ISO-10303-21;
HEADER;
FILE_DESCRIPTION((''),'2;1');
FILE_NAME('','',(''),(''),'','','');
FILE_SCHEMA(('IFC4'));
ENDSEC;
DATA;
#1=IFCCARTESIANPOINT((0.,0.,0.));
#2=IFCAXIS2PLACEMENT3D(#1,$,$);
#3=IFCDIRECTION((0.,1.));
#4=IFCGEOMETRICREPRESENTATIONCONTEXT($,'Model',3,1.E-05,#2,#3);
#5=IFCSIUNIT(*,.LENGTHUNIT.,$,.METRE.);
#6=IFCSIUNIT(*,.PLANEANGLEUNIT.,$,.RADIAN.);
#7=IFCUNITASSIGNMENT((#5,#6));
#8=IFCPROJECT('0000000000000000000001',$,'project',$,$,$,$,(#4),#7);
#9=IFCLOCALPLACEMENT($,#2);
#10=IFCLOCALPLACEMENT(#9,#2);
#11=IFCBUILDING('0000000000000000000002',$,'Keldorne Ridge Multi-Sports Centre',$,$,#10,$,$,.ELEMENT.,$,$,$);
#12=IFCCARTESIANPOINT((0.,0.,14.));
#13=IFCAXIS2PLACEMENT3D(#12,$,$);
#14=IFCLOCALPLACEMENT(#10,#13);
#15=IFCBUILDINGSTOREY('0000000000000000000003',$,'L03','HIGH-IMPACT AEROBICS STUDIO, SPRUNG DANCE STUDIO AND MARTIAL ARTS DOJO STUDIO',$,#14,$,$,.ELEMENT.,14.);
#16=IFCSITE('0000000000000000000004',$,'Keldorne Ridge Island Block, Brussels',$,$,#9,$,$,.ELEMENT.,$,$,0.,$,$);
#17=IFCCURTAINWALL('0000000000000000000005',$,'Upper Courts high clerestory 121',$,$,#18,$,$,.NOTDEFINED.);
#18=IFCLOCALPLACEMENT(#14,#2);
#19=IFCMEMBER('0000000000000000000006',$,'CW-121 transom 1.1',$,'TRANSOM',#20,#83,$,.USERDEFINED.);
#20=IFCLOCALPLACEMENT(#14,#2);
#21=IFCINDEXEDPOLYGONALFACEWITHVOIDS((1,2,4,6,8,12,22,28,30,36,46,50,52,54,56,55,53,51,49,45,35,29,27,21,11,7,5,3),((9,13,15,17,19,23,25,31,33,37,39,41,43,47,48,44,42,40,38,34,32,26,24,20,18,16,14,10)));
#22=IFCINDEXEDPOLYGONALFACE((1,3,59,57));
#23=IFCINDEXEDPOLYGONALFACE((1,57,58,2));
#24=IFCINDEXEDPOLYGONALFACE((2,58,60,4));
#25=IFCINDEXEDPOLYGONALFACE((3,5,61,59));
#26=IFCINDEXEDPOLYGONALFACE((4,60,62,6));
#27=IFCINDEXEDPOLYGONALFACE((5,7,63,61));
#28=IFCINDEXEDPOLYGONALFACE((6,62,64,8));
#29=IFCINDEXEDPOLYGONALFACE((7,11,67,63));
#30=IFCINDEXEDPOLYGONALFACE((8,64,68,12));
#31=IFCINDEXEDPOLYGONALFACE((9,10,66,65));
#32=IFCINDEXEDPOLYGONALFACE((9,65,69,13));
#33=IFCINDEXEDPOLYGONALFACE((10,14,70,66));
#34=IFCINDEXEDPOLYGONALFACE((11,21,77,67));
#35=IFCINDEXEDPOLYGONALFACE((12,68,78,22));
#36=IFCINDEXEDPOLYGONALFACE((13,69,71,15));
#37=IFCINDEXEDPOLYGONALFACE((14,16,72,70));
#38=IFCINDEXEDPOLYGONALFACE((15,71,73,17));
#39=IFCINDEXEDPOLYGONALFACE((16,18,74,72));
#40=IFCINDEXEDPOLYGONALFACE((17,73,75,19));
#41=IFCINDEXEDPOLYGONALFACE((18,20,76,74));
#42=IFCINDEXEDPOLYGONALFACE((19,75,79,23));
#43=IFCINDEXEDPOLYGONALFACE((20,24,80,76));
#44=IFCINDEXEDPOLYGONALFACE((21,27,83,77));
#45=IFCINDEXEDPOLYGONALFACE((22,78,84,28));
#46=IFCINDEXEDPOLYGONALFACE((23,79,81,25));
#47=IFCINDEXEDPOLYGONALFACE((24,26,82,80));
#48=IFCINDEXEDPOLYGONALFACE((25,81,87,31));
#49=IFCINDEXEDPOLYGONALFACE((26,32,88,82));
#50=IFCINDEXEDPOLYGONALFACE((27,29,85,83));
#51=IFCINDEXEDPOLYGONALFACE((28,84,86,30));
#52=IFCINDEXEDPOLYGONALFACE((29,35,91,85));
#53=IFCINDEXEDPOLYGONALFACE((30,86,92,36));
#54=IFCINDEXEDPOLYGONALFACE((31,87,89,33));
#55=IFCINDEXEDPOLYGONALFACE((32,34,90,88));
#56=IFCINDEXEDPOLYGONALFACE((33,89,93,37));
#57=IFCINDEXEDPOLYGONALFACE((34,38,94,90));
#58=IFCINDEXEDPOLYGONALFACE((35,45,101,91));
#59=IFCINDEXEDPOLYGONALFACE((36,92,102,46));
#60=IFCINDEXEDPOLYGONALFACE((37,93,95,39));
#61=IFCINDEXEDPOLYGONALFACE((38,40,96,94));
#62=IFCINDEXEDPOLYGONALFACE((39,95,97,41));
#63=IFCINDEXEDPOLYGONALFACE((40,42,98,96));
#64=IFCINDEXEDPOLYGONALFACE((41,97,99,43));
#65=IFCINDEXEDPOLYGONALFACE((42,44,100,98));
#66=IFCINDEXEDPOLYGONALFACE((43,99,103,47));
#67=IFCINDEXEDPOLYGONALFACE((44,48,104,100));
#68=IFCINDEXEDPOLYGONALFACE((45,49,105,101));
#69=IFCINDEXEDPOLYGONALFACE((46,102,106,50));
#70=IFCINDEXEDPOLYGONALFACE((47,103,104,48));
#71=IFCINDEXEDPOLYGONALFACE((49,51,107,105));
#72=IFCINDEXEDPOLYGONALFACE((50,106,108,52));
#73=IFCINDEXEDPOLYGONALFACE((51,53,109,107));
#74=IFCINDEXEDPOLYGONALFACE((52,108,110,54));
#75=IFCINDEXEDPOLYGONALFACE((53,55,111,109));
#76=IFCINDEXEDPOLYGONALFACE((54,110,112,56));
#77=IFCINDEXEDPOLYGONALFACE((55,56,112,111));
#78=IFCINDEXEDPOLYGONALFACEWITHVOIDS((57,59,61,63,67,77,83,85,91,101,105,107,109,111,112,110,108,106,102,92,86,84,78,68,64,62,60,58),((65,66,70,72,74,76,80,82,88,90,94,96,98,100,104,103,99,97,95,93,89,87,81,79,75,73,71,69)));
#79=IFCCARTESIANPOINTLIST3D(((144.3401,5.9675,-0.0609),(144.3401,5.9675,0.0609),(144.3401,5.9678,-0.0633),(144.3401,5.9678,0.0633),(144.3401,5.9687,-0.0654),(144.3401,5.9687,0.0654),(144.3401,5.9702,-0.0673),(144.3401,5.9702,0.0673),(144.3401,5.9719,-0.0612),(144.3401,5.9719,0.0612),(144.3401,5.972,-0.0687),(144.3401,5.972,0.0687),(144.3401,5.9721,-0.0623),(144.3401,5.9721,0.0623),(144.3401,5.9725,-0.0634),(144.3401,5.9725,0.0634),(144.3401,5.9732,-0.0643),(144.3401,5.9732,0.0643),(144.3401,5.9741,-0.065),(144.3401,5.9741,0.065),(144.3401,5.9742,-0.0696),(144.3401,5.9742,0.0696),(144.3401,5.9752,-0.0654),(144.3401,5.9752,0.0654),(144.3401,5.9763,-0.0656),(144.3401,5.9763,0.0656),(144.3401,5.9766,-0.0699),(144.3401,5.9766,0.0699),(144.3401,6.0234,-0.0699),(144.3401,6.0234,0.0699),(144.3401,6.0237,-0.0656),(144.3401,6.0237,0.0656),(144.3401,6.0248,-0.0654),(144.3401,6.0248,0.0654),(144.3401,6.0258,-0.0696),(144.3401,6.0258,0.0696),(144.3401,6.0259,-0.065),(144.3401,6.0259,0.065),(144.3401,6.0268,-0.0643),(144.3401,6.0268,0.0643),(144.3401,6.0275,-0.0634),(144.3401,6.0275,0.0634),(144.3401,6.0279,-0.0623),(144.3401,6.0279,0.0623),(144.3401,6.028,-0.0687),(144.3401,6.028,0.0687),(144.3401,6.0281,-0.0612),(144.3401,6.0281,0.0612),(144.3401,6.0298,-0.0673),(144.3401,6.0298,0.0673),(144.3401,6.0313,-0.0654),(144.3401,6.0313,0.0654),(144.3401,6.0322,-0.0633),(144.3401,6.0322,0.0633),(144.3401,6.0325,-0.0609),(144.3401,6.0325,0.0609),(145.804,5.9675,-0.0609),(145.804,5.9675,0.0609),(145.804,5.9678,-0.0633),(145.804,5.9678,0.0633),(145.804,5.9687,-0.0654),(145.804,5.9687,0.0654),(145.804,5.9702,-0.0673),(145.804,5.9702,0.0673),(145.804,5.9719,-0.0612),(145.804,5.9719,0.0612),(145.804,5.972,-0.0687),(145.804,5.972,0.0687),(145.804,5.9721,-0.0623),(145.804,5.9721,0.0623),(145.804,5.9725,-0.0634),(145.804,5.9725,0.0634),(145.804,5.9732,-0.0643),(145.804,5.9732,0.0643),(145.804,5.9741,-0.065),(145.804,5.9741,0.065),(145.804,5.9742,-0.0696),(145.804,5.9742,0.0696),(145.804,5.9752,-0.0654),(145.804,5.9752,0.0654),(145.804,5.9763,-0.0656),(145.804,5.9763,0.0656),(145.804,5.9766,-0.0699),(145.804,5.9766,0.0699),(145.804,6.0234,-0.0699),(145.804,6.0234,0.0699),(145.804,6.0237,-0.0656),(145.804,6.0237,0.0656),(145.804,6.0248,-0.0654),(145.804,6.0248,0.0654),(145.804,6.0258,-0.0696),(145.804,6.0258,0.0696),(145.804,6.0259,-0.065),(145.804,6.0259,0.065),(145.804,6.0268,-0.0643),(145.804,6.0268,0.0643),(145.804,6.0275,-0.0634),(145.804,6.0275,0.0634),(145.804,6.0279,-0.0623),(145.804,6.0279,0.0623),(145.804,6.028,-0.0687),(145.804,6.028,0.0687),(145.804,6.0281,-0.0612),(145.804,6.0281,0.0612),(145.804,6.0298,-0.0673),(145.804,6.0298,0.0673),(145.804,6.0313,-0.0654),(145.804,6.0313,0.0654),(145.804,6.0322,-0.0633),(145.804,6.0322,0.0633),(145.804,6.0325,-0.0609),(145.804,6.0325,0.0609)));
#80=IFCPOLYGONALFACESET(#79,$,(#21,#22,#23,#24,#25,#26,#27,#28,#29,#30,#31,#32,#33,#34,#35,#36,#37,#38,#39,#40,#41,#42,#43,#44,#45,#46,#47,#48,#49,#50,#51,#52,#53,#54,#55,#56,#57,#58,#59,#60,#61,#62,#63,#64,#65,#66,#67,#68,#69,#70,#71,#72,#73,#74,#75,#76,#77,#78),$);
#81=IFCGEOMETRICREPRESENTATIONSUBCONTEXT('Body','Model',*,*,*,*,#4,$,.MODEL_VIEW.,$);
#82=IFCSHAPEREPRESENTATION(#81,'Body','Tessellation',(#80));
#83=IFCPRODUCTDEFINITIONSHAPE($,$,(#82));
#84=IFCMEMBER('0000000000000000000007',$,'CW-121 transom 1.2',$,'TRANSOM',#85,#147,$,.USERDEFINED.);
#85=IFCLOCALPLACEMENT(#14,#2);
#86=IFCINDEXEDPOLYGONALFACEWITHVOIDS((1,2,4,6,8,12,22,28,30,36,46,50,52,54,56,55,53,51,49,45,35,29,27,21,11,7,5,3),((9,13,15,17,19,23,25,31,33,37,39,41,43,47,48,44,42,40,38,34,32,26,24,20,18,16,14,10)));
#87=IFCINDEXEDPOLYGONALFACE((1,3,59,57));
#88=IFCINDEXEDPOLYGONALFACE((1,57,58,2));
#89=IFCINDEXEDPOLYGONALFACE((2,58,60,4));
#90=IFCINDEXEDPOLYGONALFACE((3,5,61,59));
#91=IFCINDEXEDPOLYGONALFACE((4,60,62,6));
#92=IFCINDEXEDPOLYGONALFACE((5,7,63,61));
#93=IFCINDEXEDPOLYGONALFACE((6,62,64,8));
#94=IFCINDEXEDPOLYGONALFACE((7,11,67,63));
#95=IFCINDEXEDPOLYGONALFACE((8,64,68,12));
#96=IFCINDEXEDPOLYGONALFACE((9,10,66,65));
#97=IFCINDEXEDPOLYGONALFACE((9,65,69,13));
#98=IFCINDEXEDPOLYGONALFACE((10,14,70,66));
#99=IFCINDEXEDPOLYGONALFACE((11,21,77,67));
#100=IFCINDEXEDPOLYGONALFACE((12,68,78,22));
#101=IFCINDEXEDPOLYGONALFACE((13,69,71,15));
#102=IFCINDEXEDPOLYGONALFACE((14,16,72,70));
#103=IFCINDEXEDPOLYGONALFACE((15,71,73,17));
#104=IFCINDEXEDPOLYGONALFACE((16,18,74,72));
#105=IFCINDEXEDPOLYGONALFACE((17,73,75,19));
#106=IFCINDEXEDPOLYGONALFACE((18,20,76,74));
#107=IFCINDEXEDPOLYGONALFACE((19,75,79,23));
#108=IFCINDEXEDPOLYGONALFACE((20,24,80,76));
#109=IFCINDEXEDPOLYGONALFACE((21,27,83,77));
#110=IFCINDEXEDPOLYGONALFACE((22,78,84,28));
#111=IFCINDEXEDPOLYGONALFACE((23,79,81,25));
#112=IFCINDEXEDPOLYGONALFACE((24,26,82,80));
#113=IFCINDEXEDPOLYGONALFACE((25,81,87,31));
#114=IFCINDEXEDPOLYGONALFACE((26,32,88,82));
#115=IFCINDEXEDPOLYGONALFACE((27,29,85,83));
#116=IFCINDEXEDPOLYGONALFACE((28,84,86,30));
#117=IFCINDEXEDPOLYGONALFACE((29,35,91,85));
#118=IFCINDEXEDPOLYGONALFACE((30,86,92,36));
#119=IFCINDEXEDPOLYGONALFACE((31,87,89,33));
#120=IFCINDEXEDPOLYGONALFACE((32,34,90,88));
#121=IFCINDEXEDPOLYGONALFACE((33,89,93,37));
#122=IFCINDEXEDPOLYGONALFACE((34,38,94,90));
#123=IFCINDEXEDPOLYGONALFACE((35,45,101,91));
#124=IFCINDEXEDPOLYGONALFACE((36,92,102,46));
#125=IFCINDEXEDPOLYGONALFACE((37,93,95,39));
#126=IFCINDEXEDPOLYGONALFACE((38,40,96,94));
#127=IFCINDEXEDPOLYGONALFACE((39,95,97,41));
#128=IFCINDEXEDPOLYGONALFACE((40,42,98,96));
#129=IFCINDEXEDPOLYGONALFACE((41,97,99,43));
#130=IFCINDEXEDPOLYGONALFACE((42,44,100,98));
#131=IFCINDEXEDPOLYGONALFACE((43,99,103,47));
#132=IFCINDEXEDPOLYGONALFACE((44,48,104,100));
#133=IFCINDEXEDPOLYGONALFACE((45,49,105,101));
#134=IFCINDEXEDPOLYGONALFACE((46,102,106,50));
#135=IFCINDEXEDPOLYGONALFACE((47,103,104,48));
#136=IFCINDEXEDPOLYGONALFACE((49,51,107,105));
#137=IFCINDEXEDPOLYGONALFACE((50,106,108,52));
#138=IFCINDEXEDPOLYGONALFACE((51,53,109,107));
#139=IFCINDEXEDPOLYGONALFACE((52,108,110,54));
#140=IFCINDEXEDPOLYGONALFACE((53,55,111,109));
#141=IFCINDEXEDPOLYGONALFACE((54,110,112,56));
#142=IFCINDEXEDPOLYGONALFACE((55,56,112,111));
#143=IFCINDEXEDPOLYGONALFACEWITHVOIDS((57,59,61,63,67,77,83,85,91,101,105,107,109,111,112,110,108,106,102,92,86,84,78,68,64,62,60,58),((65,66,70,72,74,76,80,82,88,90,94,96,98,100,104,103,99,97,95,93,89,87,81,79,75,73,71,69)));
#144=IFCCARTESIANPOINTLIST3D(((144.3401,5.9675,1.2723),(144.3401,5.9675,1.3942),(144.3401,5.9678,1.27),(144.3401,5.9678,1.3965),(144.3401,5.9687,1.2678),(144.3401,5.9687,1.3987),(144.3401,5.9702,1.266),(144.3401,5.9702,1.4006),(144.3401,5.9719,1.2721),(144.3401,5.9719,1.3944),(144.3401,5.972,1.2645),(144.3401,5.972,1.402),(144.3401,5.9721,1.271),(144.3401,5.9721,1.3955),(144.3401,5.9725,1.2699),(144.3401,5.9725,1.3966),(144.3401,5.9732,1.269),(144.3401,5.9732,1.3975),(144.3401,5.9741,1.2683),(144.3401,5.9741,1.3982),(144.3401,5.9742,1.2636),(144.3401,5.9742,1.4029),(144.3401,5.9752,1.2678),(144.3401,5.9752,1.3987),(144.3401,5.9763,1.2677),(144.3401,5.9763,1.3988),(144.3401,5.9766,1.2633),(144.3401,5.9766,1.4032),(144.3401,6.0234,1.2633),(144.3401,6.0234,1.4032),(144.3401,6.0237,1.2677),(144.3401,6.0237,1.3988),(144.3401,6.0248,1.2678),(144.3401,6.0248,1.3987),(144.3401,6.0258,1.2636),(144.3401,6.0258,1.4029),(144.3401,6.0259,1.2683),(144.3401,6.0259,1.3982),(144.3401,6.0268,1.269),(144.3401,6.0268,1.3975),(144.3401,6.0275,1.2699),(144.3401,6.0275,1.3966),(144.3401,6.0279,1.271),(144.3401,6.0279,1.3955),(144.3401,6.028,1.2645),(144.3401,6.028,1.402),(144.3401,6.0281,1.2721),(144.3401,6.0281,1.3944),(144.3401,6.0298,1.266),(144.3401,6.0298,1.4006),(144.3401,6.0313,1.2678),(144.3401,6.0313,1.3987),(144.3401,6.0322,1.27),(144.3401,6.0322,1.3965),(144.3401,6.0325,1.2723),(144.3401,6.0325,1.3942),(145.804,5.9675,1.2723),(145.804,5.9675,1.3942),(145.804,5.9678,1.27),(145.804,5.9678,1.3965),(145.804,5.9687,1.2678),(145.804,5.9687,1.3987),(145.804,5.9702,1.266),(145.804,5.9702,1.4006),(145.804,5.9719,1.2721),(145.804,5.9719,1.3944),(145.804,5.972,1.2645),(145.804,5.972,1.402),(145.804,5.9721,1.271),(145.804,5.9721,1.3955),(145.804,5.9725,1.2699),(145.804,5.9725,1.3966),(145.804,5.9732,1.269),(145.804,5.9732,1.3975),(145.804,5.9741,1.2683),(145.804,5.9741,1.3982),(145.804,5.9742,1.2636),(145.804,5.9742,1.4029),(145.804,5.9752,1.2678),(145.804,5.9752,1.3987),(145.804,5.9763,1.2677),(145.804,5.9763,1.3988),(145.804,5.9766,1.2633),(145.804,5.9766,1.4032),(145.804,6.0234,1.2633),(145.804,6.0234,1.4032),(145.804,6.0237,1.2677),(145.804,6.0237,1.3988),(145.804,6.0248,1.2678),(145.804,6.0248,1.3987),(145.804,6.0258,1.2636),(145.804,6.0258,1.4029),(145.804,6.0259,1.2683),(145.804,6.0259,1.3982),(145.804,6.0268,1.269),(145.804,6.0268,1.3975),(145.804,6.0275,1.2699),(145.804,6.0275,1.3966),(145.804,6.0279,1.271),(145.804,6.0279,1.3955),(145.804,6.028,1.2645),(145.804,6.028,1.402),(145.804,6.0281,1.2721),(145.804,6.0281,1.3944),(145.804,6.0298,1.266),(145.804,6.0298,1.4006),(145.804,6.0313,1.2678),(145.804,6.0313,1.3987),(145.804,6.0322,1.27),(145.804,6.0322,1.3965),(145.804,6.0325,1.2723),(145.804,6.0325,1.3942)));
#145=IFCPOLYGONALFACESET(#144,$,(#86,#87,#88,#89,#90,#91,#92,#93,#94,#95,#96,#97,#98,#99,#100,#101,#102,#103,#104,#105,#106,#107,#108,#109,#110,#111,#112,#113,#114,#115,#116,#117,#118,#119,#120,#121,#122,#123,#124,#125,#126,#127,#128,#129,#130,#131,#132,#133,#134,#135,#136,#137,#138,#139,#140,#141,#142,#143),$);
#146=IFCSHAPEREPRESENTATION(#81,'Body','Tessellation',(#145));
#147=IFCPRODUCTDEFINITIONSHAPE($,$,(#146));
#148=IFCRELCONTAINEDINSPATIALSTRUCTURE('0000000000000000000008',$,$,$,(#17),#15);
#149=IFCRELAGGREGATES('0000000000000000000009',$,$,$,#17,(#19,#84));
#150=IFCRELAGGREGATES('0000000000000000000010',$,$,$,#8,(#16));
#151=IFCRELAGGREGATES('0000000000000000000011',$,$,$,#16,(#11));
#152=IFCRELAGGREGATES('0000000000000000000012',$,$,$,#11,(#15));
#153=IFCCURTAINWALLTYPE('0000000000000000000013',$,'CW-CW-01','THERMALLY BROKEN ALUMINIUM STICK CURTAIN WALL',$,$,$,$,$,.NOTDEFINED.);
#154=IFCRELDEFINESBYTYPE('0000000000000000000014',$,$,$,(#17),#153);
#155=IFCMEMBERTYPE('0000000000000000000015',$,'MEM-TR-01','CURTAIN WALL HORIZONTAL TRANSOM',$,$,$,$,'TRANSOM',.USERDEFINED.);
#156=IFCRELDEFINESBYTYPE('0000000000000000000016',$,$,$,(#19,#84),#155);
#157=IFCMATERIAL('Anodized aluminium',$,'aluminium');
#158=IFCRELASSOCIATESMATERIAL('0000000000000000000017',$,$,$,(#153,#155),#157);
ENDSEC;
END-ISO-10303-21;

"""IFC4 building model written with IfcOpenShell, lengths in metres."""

from ifc_helpers import new_model, si_unit, direction, frame, origin, origin_2d, place, context, subcontext, project, spatial, hollow_rectangle, extrude, material, material_profile, profile_set, type_object, element, aggregate, save


model = new_model("IFC4")

# Units and contexts
model_context = context("Model", 3, precision=1e-05, world=origin(), true_north=direction((0.0, 1.0)))
body_context = subcontext(model_context, "Body", "Model", "MODEL_VIEW")
ifc_project = project(units=[si_unit("LENGTHUNIT", "METRE"), si_unit("PLANEANGLEUNIT", "RADIAN")], contexts=[model_context])

# Site, building, storey
site_placement = place(None, origin())
site = spatial("IfcSite", under=ifc_project, at=site_placement, Name="Keldorne Ridge Island Block, Brussels", CompositionType="ELEMENT", RefElevation=0.0)
building_placement = place(site_placement, origin())
building = spatial("IfcBuilding", under=site, at=building_placement, Name="Keldorne Ridge Multi-Sports Centre", CompositionType="ELEMENT")
storey_placement = place(building_placement, frame((0.0, 0.0, 14.0)))
storey = spatial("IfcBuildingStorey", under=building, at=storey_placement, Name="L03", Description="HIGH-IMPACT AEROBICS STUDIO, SPRUNG DANCE STUDIO AND MARTIAL ARTS DOJO STUDIO", CompositionType="ELEMENT", Elevation=14.0)

# Curtain wall
ifc_material_1 = material(Name="Anodized aluminium", Category="aluminium")
curtain_wall_type = type_object("IfcCurtainWallType", Name="CW-CW-01", Description="THERMALLY BROKEN ALUMINIUM STICK CURTAIN WALL", PredefinedType="NOTDEFINED", material=ifc_material_1)
curtain_wall_placement = place(storey_placement, origin())
curtain_wall = element("IfcCurtainWall", 1, at=curtain_wall_placement, inside=storey, type_object=curtain_wall_type, Name="Upper Courts high clerestory 121", PredefinedType="NOTDEFINED")

# Members
ifc_material_profile_1 = material_profile(ifc_material_1, hollow_rectangle(XDim=0.0649, YDim=0.1399, WallThickness=0.0044, InnerFilletRadius=0.0044, OuterFilletRadius=0.009, at=origin_2d()), Name="ALU TRANSOM 140x65x4.5")
ifc_profile_set_1 = profile_set([ifc_material_profile_1], Name="Anodized aluminium")
member_type_1 = type_object("IfcMemberType", Name="MEM-TR-01", Description="CURTAIN WALL HORIZONTAL TRANSOM", ElementType="TRANSOM", PredefinedType="USERDEFINED", material=ifc_profile_set_1)
member_1_placement = place(storey_placement, frame((144.3401, 6.0, 0.0), z_axis=(1.0, 0.0, 0.0), x_axis=(0.0, 1.0, 0.0)))
member_1 = element("IfcMember", 2, at=member_1_placement, type_object=member_type_1, Name="CW-121 transom 1.1", ObjectType="TRANSOM", PredefinedType="USERDEFINED", context=body_context, shape_type="SweptSolid", body=[
    extrude(hollow_rectangle(XDim=0.0649, YDim=0.1399, WallThickness=0.0044, InnerFilletRadius=0.0044, OuterFilletRadius=0.009, at=origin_2d()), origin(), (0.0, 0.0, 1.0), 1.4639),
])
member_2_placement = place(storey_placement, frame((144.3401, 6.0, 1.3333), z_axis=(1.0, 0.0, 0.0), x_axis=(0.0, 1.0, 0.0)))
member_2 = element("IfcMember", 3, at=member_2_placement, type_object=member_type_1, Name="CW-121 transom 1.2", ObjectType="TRANSOM", PredefinedType="USERDEFINED", context=body_context, shape_type="SweptSolid", body=[
    extrude(hollow_rectangle(XDim=0.0649, YDim=0.1399, WallThickness=0.0044, InnerFilletRadius=0.0044, OuterFilletRadius=0.009, at=origin_2d()), origin(), (0.0, 0.0, 1.0), 1.4639),
])

aggregate(curtain_wall, [member_1, member_2])

save(model, "model.ifc")
